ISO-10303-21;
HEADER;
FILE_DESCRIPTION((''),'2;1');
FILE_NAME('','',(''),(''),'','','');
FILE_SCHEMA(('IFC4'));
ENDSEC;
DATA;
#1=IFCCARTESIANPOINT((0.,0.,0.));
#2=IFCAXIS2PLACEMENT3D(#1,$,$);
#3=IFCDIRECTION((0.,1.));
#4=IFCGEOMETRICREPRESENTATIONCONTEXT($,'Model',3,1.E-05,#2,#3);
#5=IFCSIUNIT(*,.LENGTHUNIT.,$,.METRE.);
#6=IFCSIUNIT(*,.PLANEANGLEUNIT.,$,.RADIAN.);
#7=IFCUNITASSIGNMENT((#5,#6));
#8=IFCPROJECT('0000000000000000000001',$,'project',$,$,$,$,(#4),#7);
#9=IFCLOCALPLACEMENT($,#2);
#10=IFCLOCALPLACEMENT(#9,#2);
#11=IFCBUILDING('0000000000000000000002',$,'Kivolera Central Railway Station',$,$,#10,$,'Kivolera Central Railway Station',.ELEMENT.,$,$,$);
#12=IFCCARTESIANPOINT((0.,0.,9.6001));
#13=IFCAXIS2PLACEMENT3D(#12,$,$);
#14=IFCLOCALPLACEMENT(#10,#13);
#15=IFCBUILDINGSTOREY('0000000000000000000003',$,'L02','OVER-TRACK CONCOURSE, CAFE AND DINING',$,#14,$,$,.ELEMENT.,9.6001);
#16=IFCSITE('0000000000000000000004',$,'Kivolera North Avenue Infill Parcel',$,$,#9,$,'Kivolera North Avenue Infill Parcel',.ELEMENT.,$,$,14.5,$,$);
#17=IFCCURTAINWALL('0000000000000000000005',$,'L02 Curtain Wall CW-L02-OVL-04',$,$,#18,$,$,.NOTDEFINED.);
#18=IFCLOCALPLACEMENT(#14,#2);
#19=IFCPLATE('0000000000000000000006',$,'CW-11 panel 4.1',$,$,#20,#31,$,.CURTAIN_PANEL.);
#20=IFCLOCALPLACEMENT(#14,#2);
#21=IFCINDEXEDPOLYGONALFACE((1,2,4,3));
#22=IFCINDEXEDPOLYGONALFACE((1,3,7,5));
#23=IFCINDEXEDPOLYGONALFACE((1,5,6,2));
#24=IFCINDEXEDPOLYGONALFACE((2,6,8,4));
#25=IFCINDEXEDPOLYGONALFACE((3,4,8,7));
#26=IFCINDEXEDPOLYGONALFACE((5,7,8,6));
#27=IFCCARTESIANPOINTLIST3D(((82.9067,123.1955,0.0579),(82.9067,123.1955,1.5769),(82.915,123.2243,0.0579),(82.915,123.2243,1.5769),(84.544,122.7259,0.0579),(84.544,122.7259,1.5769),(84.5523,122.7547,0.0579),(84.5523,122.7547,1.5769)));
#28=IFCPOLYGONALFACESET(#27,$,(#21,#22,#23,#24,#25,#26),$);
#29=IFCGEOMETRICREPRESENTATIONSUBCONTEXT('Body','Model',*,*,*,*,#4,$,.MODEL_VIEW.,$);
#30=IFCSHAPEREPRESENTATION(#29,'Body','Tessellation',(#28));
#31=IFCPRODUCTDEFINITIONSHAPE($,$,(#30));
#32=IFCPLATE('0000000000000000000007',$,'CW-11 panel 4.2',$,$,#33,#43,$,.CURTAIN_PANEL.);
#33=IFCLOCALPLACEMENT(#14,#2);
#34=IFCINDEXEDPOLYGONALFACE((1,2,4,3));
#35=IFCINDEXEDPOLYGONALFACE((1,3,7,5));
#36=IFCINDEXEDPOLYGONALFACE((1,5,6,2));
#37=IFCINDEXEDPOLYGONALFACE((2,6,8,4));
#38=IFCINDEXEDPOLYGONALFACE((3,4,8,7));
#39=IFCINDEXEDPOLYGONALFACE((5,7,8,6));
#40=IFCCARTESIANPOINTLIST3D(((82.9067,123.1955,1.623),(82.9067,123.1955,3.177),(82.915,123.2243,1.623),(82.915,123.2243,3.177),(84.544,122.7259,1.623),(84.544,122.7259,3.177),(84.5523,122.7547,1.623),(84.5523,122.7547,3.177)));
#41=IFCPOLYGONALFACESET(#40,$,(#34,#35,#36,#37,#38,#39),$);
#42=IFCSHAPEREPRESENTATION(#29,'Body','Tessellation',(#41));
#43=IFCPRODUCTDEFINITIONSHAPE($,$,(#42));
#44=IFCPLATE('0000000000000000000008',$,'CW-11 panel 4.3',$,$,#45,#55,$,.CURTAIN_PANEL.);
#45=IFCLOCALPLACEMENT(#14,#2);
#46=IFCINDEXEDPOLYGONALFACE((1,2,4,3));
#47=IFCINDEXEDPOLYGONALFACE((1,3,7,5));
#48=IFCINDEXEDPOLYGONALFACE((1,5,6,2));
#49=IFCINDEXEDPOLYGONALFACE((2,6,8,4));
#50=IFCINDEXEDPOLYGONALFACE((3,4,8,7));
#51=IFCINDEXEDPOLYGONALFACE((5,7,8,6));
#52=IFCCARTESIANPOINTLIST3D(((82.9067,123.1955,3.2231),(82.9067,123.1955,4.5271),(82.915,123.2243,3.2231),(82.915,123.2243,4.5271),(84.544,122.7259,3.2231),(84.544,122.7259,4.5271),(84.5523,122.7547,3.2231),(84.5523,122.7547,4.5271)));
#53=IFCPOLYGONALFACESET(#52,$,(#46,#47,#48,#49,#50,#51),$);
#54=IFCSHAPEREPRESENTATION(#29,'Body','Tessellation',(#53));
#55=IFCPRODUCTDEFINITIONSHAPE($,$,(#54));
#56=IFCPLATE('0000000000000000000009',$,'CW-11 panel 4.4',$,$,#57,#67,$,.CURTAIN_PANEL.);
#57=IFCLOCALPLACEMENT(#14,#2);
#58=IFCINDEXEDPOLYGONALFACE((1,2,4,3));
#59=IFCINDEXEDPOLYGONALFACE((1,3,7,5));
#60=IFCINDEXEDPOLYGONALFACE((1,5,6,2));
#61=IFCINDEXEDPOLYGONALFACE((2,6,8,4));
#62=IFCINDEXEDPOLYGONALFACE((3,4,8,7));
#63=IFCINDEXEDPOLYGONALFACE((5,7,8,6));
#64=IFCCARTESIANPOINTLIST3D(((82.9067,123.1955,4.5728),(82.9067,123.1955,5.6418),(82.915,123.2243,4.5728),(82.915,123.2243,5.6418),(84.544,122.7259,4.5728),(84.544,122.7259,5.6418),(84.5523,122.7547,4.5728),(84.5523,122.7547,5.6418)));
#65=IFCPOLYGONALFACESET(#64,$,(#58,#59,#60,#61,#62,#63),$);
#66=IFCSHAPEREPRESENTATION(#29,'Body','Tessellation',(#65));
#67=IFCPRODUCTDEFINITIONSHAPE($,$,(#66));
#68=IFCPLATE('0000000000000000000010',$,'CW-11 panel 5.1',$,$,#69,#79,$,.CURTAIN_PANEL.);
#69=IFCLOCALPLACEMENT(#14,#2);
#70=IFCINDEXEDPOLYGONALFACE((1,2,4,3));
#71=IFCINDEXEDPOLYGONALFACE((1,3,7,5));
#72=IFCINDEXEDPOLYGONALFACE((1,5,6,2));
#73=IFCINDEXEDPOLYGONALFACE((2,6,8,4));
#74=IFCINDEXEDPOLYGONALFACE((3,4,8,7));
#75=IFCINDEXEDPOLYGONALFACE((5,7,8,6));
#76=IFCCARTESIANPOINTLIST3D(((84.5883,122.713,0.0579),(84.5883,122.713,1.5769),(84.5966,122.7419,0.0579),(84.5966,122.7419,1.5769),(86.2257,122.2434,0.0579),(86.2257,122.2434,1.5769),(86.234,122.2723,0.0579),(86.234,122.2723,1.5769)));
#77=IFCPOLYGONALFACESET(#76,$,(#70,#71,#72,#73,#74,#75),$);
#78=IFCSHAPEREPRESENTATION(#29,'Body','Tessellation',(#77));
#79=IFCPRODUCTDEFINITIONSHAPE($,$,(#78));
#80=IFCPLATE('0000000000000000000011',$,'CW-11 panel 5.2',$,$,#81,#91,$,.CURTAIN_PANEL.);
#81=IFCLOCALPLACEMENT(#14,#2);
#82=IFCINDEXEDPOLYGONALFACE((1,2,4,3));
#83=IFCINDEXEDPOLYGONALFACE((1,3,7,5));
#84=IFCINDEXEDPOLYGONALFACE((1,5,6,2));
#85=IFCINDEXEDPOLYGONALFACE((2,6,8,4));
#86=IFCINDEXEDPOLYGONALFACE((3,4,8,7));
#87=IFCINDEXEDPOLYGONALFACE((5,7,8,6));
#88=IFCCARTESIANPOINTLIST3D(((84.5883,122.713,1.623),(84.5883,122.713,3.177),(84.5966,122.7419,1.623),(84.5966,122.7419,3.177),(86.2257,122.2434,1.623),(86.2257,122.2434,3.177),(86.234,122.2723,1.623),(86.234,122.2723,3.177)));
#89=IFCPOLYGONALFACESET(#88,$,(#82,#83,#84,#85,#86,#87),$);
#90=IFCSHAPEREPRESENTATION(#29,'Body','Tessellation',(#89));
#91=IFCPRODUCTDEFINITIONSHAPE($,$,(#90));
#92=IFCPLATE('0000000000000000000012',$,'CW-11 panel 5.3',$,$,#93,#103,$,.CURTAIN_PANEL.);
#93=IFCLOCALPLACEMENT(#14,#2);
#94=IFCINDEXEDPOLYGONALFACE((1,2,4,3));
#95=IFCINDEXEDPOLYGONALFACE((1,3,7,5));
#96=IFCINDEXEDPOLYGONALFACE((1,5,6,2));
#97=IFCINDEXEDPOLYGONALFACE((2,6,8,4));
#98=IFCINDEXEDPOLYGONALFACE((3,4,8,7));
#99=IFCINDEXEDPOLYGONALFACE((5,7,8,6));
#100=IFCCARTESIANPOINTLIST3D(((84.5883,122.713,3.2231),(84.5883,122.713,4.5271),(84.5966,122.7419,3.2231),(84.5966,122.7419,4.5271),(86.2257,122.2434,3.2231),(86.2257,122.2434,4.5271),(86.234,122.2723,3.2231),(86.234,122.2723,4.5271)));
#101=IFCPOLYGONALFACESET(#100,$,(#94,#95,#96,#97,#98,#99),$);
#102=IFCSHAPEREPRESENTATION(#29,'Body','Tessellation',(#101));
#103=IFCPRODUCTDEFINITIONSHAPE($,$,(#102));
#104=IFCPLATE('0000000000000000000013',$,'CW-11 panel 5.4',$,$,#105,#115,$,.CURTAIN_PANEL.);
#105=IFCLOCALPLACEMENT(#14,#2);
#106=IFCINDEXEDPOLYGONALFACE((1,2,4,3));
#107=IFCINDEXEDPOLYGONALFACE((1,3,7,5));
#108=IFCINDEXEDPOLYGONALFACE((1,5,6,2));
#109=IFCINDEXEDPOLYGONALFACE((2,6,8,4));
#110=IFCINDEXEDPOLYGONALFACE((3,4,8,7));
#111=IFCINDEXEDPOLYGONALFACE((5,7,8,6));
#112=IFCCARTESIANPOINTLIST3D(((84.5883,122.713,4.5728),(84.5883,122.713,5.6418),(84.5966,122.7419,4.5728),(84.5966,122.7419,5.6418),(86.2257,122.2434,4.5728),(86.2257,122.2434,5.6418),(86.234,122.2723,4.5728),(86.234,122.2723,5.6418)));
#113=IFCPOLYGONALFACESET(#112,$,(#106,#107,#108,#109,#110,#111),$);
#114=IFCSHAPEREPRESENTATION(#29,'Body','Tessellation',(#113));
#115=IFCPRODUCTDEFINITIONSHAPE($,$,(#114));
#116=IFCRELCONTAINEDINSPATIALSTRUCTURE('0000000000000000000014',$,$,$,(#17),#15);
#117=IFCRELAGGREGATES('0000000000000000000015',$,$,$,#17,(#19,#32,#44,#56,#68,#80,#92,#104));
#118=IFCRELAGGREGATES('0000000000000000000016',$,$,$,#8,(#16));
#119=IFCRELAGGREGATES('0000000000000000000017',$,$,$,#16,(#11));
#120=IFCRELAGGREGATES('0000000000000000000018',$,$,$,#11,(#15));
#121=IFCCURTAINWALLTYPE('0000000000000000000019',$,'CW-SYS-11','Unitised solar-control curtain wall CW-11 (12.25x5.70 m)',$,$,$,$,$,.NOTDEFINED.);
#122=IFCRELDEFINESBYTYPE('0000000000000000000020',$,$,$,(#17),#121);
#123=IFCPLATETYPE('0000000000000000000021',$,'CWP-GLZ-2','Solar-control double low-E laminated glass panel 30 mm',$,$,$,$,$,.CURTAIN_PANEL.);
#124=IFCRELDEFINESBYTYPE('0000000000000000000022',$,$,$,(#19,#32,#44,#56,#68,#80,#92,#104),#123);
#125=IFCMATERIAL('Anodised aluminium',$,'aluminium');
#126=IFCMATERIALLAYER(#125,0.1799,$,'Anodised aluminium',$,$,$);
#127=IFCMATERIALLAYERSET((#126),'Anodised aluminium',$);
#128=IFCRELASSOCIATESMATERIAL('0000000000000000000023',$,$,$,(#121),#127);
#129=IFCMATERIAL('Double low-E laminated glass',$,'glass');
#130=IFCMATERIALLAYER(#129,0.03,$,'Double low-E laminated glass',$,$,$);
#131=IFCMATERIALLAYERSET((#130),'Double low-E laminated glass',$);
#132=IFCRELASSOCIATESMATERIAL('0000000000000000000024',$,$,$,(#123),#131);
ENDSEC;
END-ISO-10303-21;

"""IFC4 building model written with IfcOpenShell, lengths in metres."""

from ifc_helpers import new_model, si_unit, direction, frame, origin, origin_2d, place, context, subcontext, project, spatial, rectangle, extrude, material, layer, layer_set, type_object, element, aggregate, save


model = new_model("IFC4")

# Units and contexts
model_context = context("Model", 3, precision=1e-05, world=origin(), true_north=direction((0.0, 1.0)))
body_context = subcontext(model_context, "Body", "Model", "MODEL_VIEW")
ifc_project = project(units=[si_unit("LENGTHUNIT", "METRE"), si_unit("PLANEANGLEUNIT", "RADIAN")], contexts=[model_context])

# Site, building, storey
site_placement = place(None, origin())
site = spatial("IfcSite", under=ifc_project, at=site_placement, Name="Kivolera North Avenue Infill Parcel", LongName="Kivolera North Avenue Infill Parcel", CompositionType="ELEMENT", RefElevation=14.5)
building_placement = place(site_placement, origin())
building = spatial("IfcBuilding", under=site, at=building_placement, Name="Kivolera Central Railway Station", LongName="Kivolera Central Railway Station", CompositionType="ELEMENT")
storey_placement = place(building_placement, frame((0.0, 0.0, 9.6001)))
storey = spatial("IfcBuildingStorey", under=building, at=storey_placement, Name="L02", Description="OVER-TRACK CONCOURSE, CAFE AND DINING", CompositionType="ELEMENT", Elevation=9.6001)

# Curtain wall, plates
ifc_material_1 = material(Name="Anodised aluminium", Category="aluminium")
ifc_layer_1 = layer(ifc_material_1, 0.1799, Name="Anodised aluminium")
ifc_layer_set_1 = layer_set([ifc_layer_1], Name="Anodised aluminium")
curtain_wall_type = type_object("IfcCurtainWallType", Name="CW-SYS-11", Description="Unitised solar-control curtain wall CW-11 (12.25x5.70 m)", PredefinedType="NOTDEFINED", material=ifc_layer_set_1)
curtain_wall_placement = place(storey_placement, origin())
curtain_wall = element("IfcCurtainWall", 1, at=curtain_wall_placement, inside=storey, type_object=curtain_wall_type, Name="L02 Curtain Wall CW-L02-OVL-04", PredefinedType="NOTDEFINED")
ifc_material_2 = material(Name="Double low-E laminated glass", Category="glass")
ifc_layer_2 = layer(ifc_material_2, 0.03, Name="Double low-E laminated glass")
ifc_layer_set_2 = layer_set([ifc_layer_2], Name="Double low-E laminated glass")
plate_type = type_object("IfcPlateType", Name="CWP-GLZ-2", Description="Solar-control double low-E laminated glass panel 30 mm", PredefinedType="CURTAIN_PANEL", material=ifc_layer_set_2)
plate_1_placement = place(storey_placement, frame((83.7295, 122.9751, 0.0579), z_axis=(0.0, 0.0, 1.0), x_axis=(0.961246, -0.275692, 0.0)))
plate_1 = element("IfcPlate", 2, at=plate_1_placement, type_object=plate_type, Name="CW-11 panel 4.1", PredefinedType="CURTAIN_PANEL", context=body_context, shape_type="SweptSolid", body=[
    extrude(rectangle(XDim=1.7034, YDim=0.03, at=origin_2d()), origin(), (0.0, 0.0, 1.0), 1.519),
])
plate_2_placement = place(storey_placement, frame((83.7295, 122.9751, 1.623), z_axis=(0.0, 0.0, 1.0), x_axis=(0.961246, -0.275692, 0.0)))
plate_2 = element("IfcPlate", 3, at=plate_2_placement, type_object=plate_type, Name="CW-11 panel 4.2", PredefinedType="CURTAIN_PANEL", context=body_context, shape_type="SweptSolid", body=[
    extrude(rectangle(XDim=1.7034, YDim=0.03, at=origin_2d()), origin(), (0.0, 0.0, 1.0), 1.554),
])
plate_3_placement = place(storey_placement, frame((83.7295, 122.9751, 3.2231), z_axis=(0.0, 0.0, 1.0), x_axis=(0.961246, -0.275692, 0.0)))
plate_3 = element("IfcPlate", 4, at=plate_3_placement, type_object=plate_type, Name="CW-11 panel 4.3", PredefinedType="CURTAIN_PANEL", context=body_context, shape_type="SweptSolid", body=[
    extrude(rectangle(XDim=1.7034, YDim=0.03, at=origin_2d()), origin(), (0.0, 0.0, 1.0), 1.304),
])
plate_4_placement = place(storey_placement, frame((83.7295, 122.9751, 4.5728), z_axis=(0.0, 0.0, 1.0), x_axis=(0.961246, -0.275692, 0.0)))
plate_4 = element("IfcPlate", 5, at=plate_4_placement, type_object=plate_type, Name="CW-11 panel 4.4", PredefinedType="CURTAIN_PANEL", context=body_context, shape_type="SweptSolid", body=[
    extrude(rectangle(XDim=1.7034, YDim=0.03, at=origin_2d()), origin(), (0.0, 0.0, 1.0), 1.0691),
])
plate_5_placement = place(storey_placement, frame((85.4111, 122.4927, 0.0579), z_axis=(0.0, 0.0, 1.0), x_axis=(0.961246, -0.275692, 0.0)))
plate_5 = element("IfcPlate", 6, at=plate_5_placement, type_object=plate_type, Name="CW-11 panel 5.1", PredefinedType="CURTAIN_PANEL", context=body_context, shape_type="SweptSolid", body=[
    extrude(rectangle(XDim=1.7034, YDim=0.03, at=origin_2d()), origin(), (0.0, 0.0, 1.0), 1.519),
])
plate_6_placement = place(storey_placement, frame((85.4111, 122.4927, 1.623), z_axis=(0.0, 0.0, 1.0), x_axis=(0.961246, -0.275692, 0.0)))
plate_6 = element("IfcPlate", 7, at=plate_6_placement, type_object=plate_type, Name="CW-11 panel 5.2", PredefinedType="CURTAIN_PANEL", context=body_context, shape_type="SweptSolid", body=[
    extrude(rectangle(XDim=1.7034, YDim=0.03, at=origin_2d()), origin(), (0.0, 0.0, 1.0), 1.554),
])
plate_7_placement = place(storey_placement, frame((85.4111, 122.4927, 3.2231), z_axis=(0.0, 0.0, 1.0), x_axis=(0.961246, -0.275692, 0.0)))
plate_7 = element("IfcPlate", 8, at=plate_7_placement, type_object=plate_type, Name="CW-11 panel 5.3", PredefinedType="CURTAIN_PANEL", context=body_context, shape_type="SweptSolid", body=[
    extrude(rectangle(XDim=1.7034, YDim=0.03, at=origin_2d()), origin(), (0.0, 0.0, 1.0), 1.304),
])
plate_8_placement = place(storey_placement, frame((85.4111, 122.4927, 4.5728), z_axis=(0.0, 0.0, 1.0), x_axis=(0.961246, -0.275692, 0.0)))
plate_8 = element("IfcPlate", 9, at=plate_8_placement, type_object=plate_type, Name="CW-11 panel 5.4", PredefinedType="CURTAIN_PANEL", context=body_context, shape_type="SweptSolid", body=[
    extrude(rectangle(XDim=1.7034, YDim=0.03, at=origin_2d()), origin(), (0.0, 0.0, 1.0), 1.0691),
])
aggregate(curtain_wall, [plate_1, plate_2, plate_3, plate_4, plate_5, plate_6, plate_7, plate_8])

save(model, "model.ifc")
